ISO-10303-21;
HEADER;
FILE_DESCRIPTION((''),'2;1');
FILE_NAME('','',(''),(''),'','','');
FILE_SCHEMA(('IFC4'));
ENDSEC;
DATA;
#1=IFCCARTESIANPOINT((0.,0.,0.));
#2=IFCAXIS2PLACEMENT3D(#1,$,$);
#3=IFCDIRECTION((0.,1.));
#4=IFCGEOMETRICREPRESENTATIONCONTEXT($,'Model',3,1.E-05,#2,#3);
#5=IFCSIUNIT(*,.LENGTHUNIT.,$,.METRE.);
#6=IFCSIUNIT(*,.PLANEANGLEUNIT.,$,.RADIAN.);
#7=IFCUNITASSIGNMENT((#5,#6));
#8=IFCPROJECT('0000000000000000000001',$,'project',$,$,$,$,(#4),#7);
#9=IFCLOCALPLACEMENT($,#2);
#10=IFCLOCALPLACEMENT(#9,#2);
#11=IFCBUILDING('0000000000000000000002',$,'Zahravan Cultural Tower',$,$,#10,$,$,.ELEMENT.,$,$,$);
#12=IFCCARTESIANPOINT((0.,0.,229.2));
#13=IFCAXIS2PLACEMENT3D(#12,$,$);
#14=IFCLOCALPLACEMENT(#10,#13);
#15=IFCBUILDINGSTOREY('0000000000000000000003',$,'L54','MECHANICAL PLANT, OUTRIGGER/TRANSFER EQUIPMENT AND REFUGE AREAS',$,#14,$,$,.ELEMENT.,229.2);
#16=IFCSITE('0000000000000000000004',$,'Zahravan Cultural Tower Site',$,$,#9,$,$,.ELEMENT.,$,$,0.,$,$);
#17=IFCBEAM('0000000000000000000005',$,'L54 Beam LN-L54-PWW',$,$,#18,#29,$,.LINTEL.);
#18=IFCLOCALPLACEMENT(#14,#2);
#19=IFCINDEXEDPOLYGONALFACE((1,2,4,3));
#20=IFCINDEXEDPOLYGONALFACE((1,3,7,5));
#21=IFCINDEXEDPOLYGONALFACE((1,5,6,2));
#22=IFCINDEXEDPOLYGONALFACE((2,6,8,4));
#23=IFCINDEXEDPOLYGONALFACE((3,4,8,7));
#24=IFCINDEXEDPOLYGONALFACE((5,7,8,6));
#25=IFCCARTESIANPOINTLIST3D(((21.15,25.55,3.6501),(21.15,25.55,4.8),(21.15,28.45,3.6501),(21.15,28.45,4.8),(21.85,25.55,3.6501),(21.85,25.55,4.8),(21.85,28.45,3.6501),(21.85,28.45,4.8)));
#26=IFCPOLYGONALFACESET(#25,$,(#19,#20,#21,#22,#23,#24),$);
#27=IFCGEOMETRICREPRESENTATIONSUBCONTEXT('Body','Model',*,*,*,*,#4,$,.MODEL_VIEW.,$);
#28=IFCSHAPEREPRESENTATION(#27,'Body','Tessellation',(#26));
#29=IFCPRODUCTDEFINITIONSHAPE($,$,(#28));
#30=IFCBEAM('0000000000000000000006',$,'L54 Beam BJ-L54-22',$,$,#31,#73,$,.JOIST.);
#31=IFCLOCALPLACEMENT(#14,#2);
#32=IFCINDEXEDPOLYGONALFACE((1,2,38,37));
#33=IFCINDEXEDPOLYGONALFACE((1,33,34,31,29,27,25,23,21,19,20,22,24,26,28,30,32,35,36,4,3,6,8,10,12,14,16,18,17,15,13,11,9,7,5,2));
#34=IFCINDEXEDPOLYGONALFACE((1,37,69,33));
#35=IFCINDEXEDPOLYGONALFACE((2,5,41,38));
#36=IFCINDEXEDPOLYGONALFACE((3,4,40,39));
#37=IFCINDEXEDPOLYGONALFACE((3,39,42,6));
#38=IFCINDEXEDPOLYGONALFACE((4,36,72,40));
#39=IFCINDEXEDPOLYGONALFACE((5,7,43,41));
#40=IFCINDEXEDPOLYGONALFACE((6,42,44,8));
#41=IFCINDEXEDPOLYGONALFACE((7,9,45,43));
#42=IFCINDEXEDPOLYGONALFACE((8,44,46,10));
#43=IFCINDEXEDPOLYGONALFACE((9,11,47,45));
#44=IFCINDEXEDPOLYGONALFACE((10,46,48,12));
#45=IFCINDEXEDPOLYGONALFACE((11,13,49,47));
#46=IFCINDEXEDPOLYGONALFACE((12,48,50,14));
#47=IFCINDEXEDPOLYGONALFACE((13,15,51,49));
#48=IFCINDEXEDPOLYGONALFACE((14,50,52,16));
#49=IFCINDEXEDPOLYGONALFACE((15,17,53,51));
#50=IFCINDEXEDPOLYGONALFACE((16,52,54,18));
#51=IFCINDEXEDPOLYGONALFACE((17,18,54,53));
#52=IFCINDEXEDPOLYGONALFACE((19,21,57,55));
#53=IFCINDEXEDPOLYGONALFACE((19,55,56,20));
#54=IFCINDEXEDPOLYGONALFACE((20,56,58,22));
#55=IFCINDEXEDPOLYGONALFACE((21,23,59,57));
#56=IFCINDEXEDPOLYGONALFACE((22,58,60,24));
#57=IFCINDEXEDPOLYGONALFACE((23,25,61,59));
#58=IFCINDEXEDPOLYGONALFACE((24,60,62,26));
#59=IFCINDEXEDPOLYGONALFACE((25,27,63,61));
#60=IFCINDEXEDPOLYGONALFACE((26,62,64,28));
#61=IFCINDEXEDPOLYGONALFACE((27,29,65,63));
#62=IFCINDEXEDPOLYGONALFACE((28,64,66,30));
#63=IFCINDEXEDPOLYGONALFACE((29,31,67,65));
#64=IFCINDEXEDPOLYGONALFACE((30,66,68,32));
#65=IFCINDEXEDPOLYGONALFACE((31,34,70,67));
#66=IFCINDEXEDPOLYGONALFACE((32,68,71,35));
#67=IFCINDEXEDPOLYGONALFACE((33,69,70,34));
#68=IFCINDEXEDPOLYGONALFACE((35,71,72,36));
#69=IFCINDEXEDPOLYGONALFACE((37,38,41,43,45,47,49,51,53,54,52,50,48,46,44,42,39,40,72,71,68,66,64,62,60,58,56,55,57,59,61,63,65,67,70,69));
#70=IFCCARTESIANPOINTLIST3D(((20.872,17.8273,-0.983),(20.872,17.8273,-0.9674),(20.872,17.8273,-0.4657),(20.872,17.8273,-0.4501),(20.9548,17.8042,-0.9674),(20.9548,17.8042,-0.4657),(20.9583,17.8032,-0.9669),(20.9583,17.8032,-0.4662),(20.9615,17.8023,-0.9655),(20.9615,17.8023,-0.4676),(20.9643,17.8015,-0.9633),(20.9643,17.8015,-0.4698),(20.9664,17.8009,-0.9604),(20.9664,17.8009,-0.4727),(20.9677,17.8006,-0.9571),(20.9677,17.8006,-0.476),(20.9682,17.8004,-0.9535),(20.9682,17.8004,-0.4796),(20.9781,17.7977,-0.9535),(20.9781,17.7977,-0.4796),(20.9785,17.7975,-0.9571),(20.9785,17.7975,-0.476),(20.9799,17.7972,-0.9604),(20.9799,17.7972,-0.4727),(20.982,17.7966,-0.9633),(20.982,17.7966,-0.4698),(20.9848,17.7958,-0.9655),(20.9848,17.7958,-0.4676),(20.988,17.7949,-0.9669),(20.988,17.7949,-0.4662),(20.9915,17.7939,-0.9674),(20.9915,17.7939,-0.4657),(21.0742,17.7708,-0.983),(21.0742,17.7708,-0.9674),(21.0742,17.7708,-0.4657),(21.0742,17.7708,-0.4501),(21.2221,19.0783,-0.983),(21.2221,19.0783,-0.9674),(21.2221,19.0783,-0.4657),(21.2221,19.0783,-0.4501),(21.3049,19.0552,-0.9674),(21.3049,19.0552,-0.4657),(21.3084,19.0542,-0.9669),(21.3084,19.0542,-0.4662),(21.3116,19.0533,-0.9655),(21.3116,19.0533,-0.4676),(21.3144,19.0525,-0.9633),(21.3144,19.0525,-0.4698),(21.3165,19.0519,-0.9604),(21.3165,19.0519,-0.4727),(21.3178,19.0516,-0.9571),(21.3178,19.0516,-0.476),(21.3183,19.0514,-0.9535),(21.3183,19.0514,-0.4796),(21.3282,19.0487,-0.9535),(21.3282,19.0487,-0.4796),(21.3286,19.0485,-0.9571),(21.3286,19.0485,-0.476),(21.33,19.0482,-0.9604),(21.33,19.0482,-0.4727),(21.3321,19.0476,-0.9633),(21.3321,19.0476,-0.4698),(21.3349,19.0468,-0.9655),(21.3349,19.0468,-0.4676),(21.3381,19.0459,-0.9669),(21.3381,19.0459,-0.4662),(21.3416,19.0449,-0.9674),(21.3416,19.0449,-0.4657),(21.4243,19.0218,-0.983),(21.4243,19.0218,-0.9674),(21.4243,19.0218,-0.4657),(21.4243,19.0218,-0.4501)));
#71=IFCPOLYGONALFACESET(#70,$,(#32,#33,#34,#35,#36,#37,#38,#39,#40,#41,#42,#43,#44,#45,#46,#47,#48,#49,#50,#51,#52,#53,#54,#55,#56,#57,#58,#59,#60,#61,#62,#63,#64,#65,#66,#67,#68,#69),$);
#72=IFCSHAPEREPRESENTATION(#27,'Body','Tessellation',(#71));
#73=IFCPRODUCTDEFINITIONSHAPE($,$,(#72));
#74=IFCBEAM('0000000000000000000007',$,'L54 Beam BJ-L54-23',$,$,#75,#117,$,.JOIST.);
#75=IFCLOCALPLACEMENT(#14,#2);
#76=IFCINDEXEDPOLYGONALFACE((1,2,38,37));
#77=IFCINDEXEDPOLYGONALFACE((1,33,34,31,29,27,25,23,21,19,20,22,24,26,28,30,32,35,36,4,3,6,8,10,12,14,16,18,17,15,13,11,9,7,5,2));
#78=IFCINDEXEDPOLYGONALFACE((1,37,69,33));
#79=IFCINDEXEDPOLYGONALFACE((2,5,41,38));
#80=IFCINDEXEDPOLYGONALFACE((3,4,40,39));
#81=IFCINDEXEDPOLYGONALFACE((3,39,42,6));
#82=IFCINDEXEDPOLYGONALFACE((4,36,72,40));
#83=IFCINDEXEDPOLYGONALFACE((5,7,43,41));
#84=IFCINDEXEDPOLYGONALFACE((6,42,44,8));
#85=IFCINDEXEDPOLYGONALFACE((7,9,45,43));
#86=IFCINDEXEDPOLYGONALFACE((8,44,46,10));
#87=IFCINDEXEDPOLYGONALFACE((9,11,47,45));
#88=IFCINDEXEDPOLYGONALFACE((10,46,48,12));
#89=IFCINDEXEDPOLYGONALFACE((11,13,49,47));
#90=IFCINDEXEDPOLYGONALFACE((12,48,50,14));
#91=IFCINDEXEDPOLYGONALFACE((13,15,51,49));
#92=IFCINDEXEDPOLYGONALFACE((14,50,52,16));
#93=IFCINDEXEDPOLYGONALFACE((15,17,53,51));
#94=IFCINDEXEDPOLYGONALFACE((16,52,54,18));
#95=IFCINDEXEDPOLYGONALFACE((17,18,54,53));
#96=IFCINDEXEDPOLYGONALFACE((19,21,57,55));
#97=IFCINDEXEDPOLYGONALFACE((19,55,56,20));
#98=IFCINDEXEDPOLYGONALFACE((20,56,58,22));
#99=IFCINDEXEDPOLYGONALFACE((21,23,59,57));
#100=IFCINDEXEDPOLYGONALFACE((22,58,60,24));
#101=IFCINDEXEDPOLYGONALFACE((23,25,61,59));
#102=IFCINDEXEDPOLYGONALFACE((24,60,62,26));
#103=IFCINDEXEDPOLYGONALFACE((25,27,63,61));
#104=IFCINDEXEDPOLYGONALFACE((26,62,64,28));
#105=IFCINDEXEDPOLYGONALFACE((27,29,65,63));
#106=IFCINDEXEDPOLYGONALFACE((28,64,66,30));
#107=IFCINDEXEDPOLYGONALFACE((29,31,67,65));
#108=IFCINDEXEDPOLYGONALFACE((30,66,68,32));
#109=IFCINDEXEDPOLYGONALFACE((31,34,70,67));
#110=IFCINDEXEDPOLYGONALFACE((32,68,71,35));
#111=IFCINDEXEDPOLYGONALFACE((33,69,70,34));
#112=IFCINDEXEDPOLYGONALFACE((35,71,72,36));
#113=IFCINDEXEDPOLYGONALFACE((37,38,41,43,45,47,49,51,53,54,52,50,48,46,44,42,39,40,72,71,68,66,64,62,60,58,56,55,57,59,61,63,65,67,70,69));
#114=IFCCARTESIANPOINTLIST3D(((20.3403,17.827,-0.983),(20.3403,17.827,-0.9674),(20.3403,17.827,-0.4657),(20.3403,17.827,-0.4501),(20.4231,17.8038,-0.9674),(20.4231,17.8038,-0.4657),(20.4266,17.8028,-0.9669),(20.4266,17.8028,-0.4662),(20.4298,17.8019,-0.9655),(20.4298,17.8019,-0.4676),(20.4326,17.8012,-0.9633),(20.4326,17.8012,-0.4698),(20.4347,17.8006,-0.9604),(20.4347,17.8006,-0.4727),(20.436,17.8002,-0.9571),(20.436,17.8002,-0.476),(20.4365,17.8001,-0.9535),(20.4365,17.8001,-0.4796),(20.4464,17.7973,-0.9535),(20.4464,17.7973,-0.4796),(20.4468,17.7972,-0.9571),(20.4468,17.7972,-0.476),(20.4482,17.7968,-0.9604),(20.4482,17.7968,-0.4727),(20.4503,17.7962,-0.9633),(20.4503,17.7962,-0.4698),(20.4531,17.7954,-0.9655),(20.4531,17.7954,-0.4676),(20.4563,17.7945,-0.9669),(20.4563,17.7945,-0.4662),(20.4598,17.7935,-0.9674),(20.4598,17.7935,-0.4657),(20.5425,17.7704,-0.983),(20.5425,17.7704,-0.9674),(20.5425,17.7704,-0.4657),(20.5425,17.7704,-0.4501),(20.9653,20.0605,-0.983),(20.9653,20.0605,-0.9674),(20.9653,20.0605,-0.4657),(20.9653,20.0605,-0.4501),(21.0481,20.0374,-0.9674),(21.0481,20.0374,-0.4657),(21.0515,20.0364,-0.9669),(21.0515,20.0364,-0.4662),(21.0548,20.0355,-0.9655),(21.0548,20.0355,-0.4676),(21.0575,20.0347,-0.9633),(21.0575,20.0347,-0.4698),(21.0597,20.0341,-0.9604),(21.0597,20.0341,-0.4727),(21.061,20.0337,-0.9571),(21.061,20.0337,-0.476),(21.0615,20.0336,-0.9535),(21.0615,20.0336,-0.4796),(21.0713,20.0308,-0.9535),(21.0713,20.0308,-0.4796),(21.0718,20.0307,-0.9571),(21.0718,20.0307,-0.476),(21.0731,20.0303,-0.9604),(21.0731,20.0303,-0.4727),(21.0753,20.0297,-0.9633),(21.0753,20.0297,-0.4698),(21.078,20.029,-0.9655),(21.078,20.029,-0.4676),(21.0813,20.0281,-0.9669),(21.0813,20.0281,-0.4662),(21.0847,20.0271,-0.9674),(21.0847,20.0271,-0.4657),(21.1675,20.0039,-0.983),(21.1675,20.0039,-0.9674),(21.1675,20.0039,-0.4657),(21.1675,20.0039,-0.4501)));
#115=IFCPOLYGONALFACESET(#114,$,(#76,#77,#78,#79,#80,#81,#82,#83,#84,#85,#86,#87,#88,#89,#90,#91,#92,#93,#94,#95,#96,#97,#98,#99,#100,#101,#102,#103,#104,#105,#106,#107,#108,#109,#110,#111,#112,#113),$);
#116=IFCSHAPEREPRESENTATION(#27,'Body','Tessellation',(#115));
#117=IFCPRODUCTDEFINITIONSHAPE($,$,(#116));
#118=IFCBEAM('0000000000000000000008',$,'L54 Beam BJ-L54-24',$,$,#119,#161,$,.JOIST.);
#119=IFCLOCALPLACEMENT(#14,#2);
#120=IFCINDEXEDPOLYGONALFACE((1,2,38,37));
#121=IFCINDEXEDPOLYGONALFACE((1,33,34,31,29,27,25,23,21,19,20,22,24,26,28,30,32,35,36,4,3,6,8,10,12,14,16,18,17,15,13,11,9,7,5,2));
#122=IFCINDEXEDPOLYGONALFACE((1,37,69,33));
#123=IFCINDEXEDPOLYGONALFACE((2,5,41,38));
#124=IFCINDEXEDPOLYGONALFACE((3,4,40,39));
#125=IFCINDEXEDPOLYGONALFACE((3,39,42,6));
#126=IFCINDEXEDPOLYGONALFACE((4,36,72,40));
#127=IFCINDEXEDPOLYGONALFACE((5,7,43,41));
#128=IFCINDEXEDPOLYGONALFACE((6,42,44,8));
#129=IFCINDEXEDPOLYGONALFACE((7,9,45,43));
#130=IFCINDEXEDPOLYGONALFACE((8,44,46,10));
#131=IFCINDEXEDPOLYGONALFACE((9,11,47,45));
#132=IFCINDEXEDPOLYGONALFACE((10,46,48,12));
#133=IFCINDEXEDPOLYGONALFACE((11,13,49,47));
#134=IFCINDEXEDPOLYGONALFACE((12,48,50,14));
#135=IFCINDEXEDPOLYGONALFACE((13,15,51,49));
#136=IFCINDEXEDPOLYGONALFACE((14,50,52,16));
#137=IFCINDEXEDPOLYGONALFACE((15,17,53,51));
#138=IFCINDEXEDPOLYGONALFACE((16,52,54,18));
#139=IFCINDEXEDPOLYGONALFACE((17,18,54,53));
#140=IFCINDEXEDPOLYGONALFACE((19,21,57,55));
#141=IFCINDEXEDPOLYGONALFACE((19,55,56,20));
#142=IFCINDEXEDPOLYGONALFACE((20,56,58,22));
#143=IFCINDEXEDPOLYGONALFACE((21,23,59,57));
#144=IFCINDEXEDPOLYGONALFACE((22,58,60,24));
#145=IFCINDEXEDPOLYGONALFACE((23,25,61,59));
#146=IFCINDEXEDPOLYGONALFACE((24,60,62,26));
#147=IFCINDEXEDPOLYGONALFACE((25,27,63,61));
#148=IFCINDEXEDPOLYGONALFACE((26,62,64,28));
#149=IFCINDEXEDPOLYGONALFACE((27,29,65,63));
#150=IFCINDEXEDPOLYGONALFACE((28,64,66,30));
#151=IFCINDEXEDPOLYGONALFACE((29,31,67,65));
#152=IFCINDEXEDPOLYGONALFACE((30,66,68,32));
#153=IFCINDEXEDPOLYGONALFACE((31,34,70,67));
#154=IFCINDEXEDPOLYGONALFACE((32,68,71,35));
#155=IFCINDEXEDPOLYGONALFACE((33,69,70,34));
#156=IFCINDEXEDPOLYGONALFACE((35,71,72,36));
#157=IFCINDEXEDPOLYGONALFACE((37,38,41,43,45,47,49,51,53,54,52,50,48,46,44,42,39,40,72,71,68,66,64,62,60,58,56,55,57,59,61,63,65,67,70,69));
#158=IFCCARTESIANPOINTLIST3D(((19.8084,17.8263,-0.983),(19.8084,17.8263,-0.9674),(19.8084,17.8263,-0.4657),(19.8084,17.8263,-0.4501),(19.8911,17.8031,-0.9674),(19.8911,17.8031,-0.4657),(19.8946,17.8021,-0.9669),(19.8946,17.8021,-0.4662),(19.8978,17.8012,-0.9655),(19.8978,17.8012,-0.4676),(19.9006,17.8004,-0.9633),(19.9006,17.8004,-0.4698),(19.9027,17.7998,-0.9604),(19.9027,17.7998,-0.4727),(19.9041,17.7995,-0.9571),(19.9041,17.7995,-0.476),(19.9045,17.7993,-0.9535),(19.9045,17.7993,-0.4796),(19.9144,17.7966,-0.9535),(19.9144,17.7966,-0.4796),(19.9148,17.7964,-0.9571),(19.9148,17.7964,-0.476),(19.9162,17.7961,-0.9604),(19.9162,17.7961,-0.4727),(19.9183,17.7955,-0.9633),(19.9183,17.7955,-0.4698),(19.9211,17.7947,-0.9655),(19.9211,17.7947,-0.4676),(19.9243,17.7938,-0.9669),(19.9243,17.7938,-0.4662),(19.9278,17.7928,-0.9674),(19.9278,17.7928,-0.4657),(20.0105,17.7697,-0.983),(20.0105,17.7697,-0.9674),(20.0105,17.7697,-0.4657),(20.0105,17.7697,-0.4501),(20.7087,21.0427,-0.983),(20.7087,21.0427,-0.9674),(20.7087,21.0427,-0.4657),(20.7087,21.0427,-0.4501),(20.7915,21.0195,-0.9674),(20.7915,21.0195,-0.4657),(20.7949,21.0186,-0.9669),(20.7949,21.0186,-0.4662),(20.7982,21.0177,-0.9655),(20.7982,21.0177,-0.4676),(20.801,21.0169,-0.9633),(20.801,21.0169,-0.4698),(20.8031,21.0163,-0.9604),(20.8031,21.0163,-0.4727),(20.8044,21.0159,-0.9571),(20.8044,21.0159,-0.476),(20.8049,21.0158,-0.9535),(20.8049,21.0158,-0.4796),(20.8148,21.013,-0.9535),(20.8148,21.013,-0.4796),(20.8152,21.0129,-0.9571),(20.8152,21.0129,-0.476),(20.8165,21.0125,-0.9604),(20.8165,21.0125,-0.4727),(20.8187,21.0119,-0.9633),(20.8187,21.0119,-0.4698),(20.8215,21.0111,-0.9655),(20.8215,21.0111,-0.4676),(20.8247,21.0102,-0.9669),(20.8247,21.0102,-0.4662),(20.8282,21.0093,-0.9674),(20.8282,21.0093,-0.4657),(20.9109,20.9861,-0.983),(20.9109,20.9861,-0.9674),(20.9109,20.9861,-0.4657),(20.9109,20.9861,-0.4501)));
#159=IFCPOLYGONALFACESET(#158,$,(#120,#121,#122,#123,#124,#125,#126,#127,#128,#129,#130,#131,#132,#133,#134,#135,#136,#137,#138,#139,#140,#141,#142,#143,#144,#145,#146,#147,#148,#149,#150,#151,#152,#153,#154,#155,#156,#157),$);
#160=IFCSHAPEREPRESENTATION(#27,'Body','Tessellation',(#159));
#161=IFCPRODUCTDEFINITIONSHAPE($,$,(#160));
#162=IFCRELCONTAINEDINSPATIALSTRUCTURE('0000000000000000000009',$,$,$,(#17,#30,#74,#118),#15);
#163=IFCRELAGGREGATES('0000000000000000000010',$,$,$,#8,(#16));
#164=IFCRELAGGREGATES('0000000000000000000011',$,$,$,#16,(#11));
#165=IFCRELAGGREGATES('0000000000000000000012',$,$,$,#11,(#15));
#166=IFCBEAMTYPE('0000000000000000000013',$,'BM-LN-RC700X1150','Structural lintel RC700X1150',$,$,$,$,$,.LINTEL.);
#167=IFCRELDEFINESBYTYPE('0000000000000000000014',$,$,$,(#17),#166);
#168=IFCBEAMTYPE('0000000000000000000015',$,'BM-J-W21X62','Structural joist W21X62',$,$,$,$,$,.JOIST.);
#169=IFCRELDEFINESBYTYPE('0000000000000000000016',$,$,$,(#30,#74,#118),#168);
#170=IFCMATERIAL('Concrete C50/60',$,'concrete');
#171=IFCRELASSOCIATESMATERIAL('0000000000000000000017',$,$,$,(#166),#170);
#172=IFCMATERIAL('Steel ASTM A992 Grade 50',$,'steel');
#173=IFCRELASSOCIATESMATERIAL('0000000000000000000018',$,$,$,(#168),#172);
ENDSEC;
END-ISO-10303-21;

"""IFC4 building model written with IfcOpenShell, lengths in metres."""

from ifc_helpers import new_model, si_unit, direction, frame, origin, origin_2d, place, context, subcontext, project, spatial, rectangle, i_section, extrude, source, transform, mapped, material, material_profile, profile_set, type_object, element, save


model = new_model("IFC4")

# Units and contexts
model_context = context("Model", 3, precision=1e-05, world=origin(), true_north=direction((0.0, 1.0)))
body_context = subcontext(model_context, "Body", "Model", "MODEL_VIEW")
ifc_project = project(units=[si_unit("LENGTHUNIT", "METRE"), si_unit("PLANEANGLEUNIT", "RADIAN")], contexts=[model_context])

# Site, building, storey
site_placement = place(None, origin())
site = spatial("IfcSite", under=ifc_project, at=site_placement, Name="Zahravan Cultural Tower Site", CompositionType="ELEMENT", RefElevation=0.0)
building_placement = place(site_placement, origin())
building = spatial("IfcBuilding", under=site, at=building_placement, Name="Zahravan Cultural Tower", CompositionType="ELEMENT")
storey_placement = place(building_placement, frame((0.0, 0.0, 229.2)))
storey = spatial("IfcBuildingStorey", under=building, at=storey_placement, Name="L54", Description="MECHANICAL PLANT, OUTRIGGER/TRANSFER EQUIPMENT AND REFUGE AREAS", CompositionType="ELEMENT", Elevation=229.2)

# Beams
ifc_material_1 = material(Name="Concrete C50/60", Category="concrete")
ifc_material_profile_1 = material_profile(ifc_material_1, rectangle(XDim=0.7, YDim=1.1499, at=origin_2d()), Name="RC700X1150")
ifc_profile_set_1 = profile_set([ifc_material_profile_1], Name="Concrete C50/60")
beam_type_1 = type_object("IfcBeamType", Name="BM-LN-RC700X1150", Description="Structural lintel RC700X1150", PredefinedType="LINTEL", material=ifc_profile_set_1)
shared_shape_1 = source(origin(), body_context, "Body", "SweptSolid", [
    extrude(rectangle(XDim=0.7, YDim=1.1499, at=origin_2d()), origin(), (0.0, 0.0, 1.0), 2.8999),
])
beam_1_placement = place(storey_placement, frame((21.5, 25.55, 4.2251), z_axis=(0.0, 1.0, 0.0), x_axis=(-1.0, 0.0, 0.0)))
element("IfcBeam", 1, at=beam_1_placement, inside=storey, type_object=beam_type_1, Name="L54 Beam LN-L54-PWW", PredefinedType="LINTEL", context=body_context, shape_type="MappedRepresentation", body=[
    mapped(shared_shape_1, transform((0.0, 0.0, 0.0), x_axis=(1.0, 0.0, 0.0), y_axis=(0.0, 1.0, 0.0), z_axis=(0.0, 0.0, 1.0), scale=1.0)),
])
ifc_material_2 = material(Name="Steel ASTM A992 Grade 50", Category="steel")
ifc_material_profile_2 = material_profile(ifc_material_2, i_section(OverallWidth=0.21, OverallDepth=0.533, WebThickness=0.0103, FlangeThickness=0.0156, FilletRadius=0.0139, at=origin_2d()), Name="W21X62")
ifc_profile_set_2 = profile_set([ifc_material_profile_2], Name="Steel ASTM A992 Grade 50")
beam_type_2 = type_object("IfcBeamType", Name="BM-J-W21X62", Description="Structural joist W21X62", PredefinedType="JOIST", material=ifc_profile_set_2)
shared_shape_2 = source(origin(), body_context, "Body", "SweptSolid", [
    extrude(i_section(OverallWidth=0.21, OverallDepth=0.533, WebThickness=0.0103, FlangeThickness=0.0156, FilletRadius=0.0139, at=origin_2d()), origin(), (0.0, 0.0, 1.0), 1.2991),
])
beam_2_placement = place(storey_placement, frame((21.3232, 19.05, -0.7166), z_axis=(-0.269504, -0.962999, 0.0), x_axis=(0.962999, -0.269504, 0.0)))
element("IfcBeam", 2, at=beam_2_placement, inside=storey, type_object=beam_type_2, Name="L54 Beam BJ-L54-22", PredefinedType="JOIST", context=body_context, shape_type="MappedRepresentation", body=[
    mapped(shared_shape_2, transform((0.0, 0.0, 0.0), x_axis=(1.0, 0.0, 0.0), y_axis=(0.0, 1.0, 0.0), z_axis=(0.0, 0.0, 1.0), scale=1.0)),
])
shared_shape_3 = source(origin(), body_context, "Body", "SweptSolid", [
    extrude(i_section(OverallWidth=0.21, OverallDepth=0.533, WebThickness=0.0103, FlangeThickness=0.0156, FilletRadius=0.0139, at=origin_2d()), origin(), (0.0, 0.0, 1.0), 2.3193),
])
beam_3_placement = place(storey_placement, frame((21.0664, 20.0322, -0.7166), z_axis=(-0.269462, -0.963011, 0.0), x_axis=(0.963011, -0.269462, 0.0)))
element("IfcBeam", 3, at=beam_3_placement, inside=storey, type_object=beam_type_2, Name="L54 Beam BJ-L54-23", PredefinedType="JOIST", context=body_context, shape_type="MappedRepresentation", body=[
    mapped(shared_shape_3, transform((0.0, 0.0, 0.0), x_axis=(1.0, 0.0, 0.0), y_axis=(0.0, 1.0, 0.0), z_axis=(0.0, 0.0, 1.0), scale=1.0)),
])
shared_shape_4 = source(origin(), body_context, "Body", "SweptSolid", [
    extrude(i_section(OverallWidth=0.21, OverallDepth=0.533, WebThickness=0.0103, FlangeThickness=0.0156, FilletRadius=0.0139, at=origin_2d()), origin(), (0.0, 0.0, 1.0), 3.3401),
])
beam_4_placement = place(storey_placement, frame((20.8098, 21.0144, -0.7166), z_axis=(-0.269562, -0.962983, 0.0), x_axis=(0.962983, -0.269562, 0.0)))
element("IfcBeam", 4, at=beam_4_placement, inside=storey, type_object=beam_type_2, Name="L54 Beam BJ-L54-24", PredefinedType="JOIST", context=body_context, shape_type="MappedRepresentation", body=[
    mapped(shared_shape_4, transform((0.0, 0.0, 0.0), x_axis=(1.0, 0.0, 0.0), y_axis=(0.0, 1.0, 0.0), z_axis=(0.0, 0.0, 1.0), scale=1.0)),
])

save(model, "model.ifc")
